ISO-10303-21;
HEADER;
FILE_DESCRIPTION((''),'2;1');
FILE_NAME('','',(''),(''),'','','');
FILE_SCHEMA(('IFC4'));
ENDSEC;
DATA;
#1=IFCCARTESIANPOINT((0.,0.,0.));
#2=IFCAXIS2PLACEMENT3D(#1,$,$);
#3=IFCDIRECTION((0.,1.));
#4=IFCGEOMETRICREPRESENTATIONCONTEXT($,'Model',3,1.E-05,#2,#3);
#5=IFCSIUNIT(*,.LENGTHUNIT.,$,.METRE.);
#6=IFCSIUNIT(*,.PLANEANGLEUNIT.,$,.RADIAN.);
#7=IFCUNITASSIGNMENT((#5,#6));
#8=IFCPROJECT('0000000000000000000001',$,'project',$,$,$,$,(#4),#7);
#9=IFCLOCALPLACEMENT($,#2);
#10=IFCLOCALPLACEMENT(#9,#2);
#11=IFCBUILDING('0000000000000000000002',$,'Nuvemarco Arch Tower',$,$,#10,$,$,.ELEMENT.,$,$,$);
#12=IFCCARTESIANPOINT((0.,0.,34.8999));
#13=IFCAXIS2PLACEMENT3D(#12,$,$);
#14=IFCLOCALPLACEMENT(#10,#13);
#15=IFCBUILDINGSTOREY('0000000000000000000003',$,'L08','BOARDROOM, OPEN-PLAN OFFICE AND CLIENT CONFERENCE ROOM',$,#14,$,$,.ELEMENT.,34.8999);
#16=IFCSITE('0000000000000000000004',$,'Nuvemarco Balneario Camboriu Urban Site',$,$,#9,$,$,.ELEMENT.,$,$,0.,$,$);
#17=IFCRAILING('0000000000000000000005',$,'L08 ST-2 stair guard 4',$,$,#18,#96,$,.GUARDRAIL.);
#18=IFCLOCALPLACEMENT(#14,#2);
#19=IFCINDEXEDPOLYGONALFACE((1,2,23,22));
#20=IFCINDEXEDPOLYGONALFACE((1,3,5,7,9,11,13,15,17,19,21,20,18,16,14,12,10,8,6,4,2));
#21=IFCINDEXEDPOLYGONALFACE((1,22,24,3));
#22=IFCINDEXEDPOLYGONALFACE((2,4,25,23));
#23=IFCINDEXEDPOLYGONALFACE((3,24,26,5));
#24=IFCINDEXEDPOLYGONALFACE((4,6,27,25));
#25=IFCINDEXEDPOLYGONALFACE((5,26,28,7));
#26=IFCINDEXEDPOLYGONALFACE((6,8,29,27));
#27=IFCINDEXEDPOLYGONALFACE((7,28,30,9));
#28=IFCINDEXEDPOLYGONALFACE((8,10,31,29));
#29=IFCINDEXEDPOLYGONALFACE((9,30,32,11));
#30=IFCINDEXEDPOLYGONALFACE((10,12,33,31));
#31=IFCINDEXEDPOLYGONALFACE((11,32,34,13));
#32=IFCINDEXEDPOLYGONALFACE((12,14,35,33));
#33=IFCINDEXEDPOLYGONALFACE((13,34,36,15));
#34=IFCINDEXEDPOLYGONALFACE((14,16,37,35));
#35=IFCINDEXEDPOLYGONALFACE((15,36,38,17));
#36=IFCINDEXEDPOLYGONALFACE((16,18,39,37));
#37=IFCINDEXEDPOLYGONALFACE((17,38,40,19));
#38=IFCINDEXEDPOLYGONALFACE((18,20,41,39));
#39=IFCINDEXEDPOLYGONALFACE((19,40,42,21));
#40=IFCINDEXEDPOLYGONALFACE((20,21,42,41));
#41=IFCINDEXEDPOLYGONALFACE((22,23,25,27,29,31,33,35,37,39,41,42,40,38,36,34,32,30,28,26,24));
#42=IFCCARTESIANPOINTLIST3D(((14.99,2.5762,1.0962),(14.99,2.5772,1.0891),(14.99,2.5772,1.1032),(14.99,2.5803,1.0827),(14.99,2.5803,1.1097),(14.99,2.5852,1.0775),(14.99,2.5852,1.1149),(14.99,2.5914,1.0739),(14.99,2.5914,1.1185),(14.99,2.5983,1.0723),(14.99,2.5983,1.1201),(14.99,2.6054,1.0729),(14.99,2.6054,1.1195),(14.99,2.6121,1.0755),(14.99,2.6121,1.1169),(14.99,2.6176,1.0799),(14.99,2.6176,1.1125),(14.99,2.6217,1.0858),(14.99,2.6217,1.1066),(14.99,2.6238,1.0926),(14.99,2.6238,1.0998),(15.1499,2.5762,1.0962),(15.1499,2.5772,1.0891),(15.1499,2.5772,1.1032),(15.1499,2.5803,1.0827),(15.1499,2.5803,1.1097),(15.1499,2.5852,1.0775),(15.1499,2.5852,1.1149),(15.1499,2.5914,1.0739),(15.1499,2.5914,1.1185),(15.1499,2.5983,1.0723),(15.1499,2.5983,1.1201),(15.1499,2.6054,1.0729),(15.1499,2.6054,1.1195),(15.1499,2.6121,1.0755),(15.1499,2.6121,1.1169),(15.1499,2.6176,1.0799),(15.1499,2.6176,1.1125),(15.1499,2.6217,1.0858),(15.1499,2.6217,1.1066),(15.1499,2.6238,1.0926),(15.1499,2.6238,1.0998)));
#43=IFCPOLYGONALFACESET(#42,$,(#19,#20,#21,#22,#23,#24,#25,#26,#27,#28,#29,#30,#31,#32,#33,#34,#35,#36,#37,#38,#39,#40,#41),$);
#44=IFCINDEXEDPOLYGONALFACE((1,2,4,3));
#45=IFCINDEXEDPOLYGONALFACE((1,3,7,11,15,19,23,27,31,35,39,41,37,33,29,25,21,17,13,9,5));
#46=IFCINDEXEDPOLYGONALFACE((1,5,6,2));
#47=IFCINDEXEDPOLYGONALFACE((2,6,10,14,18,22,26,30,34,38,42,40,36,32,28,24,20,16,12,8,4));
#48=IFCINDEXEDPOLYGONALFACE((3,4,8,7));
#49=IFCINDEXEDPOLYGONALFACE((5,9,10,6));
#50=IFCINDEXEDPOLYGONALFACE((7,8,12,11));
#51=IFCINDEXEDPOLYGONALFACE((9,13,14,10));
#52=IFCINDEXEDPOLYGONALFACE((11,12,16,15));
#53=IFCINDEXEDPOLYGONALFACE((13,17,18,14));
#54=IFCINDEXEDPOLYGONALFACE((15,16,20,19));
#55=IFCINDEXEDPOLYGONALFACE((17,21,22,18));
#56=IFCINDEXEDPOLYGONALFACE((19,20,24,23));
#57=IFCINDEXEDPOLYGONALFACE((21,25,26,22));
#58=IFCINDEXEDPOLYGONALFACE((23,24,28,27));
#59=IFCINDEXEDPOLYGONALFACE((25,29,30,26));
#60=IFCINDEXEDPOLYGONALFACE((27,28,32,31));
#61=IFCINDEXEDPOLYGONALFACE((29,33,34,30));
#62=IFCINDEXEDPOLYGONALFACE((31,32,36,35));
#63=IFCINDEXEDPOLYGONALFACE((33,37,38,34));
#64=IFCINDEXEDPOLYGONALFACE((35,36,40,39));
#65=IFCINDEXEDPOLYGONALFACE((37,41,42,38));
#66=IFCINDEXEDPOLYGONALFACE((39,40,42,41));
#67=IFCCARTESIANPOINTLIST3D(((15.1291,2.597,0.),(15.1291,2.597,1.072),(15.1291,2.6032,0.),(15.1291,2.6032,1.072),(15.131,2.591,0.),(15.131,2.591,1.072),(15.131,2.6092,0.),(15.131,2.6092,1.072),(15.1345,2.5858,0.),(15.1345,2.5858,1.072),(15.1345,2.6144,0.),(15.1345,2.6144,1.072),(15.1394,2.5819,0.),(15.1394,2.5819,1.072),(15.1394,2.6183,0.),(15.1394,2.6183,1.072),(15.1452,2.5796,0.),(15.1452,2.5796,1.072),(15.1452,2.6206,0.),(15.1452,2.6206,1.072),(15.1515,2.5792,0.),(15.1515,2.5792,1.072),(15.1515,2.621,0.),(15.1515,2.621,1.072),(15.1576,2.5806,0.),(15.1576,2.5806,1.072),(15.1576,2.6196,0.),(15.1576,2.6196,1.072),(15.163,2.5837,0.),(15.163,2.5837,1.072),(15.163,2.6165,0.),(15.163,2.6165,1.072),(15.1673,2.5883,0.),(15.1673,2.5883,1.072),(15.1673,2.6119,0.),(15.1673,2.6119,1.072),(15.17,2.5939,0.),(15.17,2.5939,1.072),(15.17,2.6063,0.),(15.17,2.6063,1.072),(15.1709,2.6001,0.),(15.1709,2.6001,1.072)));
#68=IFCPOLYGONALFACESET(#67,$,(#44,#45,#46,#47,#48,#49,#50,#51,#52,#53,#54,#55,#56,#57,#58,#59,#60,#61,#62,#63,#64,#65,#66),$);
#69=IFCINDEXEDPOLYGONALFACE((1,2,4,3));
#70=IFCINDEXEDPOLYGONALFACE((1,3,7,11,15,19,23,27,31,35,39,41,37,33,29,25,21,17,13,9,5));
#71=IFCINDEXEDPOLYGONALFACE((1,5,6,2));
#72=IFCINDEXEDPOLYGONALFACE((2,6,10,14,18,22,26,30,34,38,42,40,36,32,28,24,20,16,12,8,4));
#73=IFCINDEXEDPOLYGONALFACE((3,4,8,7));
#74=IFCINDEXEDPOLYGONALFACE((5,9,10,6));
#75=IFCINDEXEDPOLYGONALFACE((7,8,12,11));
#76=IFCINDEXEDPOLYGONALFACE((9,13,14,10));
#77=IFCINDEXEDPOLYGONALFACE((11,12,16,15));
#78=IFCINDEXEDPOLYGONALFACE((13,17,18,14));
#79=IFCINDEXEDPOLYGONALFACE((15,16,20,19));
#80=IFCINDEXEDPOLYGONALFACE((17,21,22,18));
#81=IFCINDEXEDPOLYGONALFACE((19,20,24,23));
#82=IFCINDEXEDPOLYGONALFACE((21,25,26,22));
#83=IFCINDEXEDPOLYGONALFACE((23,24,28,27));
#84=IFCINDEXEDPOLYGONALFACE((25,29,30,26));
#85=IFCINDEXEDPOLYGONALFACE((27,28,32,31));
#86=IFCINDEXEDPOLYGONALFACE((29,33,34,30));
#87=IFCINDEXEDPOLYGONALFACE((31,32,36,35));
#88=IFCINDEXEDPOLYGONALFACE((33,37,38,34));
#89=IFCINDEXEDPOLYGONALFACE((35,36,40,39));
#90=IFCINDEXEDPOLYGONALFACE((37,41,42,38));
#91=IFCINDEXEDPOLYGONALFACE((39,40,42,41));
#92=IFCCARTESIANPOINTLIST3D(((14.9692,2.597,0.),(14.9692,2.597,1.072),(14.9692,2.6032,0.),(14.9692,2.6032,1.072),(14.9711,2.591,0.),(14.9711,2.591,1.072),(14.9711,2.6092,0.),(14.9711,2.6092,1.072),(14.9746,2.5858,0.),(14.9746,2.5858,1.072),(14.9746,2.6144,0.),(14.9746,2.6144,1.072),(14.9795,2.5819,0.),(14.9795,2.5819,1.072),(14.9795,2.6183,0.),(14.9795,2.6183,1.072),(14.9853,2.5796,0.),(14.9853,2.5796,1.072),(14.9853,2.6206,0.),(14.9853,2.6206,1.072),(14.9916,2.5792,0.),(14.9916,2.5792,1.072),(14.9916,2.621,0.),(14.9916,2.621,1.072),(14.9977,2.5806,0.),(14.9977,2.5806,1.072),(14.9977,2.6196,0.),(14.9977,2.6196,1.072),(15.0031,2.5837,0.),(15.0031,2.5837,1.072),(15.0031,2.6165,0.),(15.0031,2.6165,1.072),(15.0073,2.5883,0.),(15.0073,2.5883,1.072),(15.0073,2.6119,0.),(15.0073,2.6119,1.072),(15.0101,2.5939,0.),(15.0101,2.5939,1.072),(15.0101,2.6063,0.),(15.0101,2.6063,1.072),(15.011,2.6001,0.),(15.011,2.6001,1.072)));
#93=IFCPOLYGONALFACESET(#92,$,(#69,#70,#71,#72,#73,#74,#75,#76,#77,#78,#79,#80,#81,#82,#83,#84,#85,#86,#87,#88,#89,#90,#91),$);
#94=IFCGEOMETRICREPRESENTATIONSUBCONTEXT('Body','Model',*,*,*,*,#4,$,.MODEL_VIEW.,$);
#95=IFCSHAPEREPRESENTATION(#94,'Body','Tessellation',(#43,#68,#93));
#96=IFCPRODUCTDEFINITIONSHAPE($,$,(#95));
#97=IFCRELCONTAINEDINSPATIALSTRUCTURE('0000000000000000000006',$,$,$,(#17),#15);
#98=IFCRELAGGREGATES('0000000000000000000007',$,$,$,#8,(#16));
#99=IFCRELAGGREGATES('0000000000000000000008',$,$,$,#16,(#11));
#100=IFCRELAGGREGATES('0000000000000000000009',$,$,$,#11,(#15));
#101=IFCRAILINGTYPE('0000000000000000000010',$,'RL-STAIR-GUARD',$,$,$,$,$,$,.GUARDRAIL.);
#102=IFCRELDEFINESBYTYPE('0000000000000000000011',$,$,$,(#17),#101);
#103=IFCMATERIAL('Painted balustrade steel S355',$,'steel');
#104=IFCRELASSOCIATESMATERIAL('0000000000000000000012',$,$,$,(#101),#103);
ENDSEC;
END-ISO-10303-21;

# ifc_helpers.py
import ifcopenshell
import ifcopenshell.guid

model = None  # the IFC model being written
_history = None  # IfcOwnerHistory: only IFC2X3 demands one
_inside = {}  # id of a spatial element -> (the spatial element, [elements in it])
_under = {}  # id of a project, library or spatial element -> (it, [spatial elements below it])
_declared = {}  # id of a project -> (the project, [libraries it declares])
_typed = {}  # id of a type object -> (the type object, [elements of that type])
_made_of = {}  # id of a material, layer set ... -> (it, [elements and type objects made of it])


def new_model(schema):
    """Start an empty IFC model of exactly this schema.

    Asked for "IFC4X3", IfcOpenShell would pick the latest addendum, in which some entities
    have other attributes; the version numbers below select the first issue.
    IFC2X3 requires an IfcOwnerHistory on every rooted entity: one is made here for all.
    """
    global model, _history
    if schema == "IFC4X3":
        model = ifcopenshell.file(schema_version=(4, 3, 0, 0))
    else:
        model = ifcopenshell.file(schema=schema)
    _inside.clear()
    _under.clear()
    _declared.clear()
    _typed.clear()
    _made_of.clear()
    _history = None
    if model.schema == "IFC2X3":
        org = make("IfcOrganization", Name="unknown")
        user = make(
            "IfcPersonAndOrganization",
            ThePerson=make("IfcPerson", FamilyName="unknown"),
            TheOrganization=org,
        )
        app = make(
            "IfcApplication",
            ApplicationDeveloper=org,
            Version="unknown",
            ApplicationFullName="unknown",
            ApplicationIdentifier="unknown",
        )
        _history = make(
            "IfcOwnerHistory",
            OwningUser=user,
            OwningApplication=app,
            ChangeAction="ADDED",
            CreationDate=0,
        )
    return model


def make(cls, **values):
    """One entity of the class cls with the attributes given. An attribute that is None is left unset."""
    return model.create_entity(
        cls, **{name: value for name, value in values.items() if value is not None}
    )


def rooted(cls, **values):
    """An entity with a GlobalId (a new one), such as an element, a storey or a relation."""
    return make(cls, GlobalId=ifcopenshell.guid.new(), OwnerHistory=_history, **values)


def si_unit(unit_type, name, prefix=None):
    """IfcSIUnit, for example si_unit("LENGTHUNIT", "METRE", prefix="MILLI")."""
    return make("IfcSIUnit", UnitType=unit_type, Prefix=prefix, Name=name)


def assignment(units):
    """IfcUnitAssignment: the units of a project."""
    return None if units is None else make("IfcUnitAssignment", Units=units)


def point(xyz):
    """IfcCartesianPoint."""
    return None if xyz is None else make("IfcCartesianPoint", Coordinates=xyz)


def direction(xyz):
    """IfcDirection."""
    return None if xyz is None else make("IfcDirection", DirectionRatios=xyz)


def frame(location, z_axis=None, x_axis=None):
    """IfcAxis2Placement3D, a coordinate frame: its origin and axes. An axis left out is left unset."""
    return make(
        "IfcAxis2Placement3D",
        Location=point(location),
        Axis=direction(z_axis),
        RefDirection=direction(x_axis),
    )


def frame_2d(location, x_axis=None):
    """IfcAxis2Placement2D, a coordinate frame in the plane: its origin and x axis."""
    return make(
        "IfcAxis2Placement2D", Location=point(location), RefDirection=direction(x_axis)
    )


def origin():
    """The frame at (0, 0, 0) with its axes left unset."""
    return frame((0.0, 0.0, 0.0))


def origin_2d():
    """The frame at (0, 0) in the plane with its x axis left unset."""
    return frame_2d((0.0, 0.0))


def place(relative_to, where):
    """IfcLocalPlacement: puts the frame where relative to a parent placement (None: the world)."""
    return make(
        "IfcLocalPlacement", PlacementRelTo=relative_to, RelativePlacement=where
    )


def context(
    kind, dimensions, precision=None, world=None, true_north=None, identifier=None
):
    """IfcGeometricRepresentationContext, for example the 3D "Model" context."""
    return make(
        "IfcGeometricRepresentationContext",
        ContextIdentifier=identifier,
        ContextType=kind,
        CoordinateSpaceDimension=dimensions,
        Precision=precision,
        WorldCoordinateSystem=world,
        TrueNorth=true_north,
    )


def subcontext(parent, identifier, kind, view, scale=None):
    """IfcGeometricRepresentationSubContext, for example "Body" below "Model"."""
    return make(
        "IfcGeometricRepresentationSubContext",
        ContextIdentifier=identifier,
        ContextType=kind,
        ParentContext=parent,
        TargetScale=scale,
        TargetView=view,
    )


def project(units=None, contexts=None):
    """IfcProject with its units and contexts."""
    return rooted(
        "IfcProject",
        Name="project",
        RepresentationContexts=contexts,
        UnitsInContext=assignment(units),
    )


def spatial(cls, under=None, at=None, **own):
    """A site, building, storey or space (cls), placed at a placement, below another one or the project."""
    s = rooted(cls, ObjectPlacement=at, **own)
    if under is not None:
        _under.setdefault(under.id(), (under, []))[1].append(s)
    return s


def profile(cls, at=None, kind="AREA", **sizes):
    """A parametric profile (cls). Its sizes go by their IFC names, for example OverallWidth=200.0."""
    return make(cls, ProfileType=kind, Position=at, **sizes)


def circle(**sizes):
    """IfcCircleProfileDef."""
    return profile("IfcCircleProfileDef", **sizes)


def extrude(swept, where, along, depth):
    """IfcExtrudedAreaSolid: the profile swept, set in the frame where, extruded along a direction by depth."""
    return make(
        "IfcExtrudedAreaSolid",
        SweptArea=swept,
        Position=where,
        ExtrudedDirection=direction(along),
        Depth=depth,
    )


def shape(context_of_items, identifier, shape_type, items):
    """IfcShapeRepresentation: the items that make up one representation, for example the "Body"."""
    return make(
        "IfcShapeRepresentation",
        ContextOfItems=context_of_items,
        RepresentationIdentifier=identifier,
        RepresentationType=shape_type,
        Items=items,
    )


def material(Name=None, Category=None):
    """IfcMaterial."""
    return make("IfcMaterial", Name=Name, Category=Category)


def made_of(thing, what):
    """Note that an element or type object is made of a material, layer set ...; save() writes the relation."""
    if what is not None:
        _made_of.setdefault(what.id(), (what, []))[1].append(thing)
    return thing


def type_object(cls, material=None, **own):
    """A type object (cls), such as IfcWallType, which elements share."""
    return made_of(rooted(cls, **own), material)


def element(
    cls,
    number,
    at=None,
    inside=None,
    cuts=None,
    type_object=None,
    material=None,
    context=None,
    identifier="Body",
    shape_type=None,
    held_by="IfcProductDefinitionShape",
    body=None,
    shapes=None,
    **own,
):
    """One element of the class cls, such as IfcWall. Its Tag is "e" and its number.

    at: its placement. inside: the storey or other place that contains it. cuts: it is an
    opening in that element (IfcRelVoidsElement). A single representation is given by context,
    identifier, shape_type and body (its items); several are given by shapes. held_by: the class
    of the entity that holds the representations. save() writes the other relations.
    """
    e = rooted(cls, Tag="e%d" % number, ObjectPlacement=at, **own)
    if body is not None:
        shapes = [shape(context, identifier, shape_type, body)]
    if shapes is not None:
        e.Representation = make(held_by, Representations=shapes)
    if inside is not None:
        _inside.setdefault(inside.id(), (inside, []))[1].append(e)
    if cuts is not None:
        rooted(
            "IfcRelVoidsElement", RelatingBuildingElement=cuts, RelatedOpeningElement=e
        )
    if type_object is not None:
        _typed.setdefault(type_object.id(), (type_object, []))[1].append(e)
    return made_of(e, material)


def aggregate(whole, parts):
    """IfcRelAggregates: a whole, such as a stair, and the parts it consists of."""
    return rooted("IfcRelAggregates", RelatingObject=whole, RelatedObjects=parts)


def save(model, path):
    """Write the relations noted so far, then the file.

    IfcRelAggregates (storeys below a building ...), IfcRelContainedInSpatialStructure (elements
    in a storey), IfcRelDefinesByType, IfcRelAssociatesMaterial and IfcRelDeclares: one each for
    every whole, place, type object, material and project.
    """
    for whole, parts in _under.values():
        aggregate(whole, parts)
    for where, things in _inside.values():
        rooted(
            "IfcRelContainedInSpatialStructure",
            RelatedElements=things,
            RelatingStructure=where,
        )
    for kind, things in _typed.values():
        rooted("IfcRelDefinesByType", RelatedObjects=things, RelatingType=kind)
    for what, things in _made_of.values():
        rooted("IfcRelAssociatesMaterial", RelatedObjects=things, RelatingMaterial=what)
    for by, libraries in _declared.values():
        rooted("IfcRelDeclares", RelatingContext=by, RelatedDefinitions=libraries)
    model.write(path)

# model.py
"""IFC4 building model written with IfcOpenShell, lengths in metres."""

from ifc_helpers import new_model, si_unit, direction, frame, origin, origin_2d, place, context, subcontext, project, spatial, circle, extrude, material, type_object, element, save


model = new_model("IFC4")

# Units and contexts
model_context = context("Model", 3, precision=1e-05, world=origin(), true_north=direction((0.0, 1.0)))
body_context = subcontext(model_context, "Body", "Model", "MODEL_VIEW")
ifc_project = project(units=[si_unit("LENGTHUNIT", "METRE"), si_unit("PLANEANGLEUNIT", "RADIAN")], contexts=[model_context])

# Site, building, storey
site_placement = place(None, origin())
site = spatial("IfcSite", under=ifc_project, at=site_placement, Name="Nuvemarco Balneario Camboriu Urban Site", CompositionType="ELEMENT", RefElevation=0.0)
building_placement = place(site_placement, origin())
building = spatial("IfcBuilding", under=site, at=building_placement, Name="Nuvemarco Arch Tower", CompositionType="ELEMENT")
storey_placement = place(building_placement, frame((0.0, 0.0, 34.8999)))
storey = spatial("IfcBuildingStorey", under=building, at=storey_placement, Name="L08", Description="BOARDROOM, OPEN-PLAN OFFICE AND CLIENT CONFERENCE ROOM", CompositionType="ELEMENT", Elevation=34.8999)

# Railing
ifc_material_1 = material(Name="Painted balustrade steel S355", Category="steel")
railing_type_1 = type_object("IfcRailingType", Name="RL-STAIR-GUARD", PredefinedType="GUARDRAIL", material=ifc_material_1)
railing_1_placement = place(storey_placement, frame((15.1499, 2.6001, 0.0)))
element("IfcRailing", 1, at=railing_1_placement, inside=storey, type_object=railing_type_1, Name="L08 ST-2 stair guard 4", PredefinedType="GUARDRAIL", context=body_context, shape_type="SweptSolid", body=[
    extrude(circle(Radius=0.0239, at=origin_2d()), frame((0.0, 0.0, 1.0962), z_axis=(-1.0, 0.0, 0.0), x_axis=(0.0, -1.0, 0.0)), (0.0, 0.0, 1.0), 0.1599),
    extrude(circle(Radius=0.021, at=origin_2d()), origin(), (0.0, 0.0, 1.0), 1.072),
    extrude(circle(Radius=0.021, at=origin_2d()), frame((-0.1599, 0.0, 0.0)), (0.0, 0.0, 1.0), 1.072),
])

save(model, "model.ifc")
